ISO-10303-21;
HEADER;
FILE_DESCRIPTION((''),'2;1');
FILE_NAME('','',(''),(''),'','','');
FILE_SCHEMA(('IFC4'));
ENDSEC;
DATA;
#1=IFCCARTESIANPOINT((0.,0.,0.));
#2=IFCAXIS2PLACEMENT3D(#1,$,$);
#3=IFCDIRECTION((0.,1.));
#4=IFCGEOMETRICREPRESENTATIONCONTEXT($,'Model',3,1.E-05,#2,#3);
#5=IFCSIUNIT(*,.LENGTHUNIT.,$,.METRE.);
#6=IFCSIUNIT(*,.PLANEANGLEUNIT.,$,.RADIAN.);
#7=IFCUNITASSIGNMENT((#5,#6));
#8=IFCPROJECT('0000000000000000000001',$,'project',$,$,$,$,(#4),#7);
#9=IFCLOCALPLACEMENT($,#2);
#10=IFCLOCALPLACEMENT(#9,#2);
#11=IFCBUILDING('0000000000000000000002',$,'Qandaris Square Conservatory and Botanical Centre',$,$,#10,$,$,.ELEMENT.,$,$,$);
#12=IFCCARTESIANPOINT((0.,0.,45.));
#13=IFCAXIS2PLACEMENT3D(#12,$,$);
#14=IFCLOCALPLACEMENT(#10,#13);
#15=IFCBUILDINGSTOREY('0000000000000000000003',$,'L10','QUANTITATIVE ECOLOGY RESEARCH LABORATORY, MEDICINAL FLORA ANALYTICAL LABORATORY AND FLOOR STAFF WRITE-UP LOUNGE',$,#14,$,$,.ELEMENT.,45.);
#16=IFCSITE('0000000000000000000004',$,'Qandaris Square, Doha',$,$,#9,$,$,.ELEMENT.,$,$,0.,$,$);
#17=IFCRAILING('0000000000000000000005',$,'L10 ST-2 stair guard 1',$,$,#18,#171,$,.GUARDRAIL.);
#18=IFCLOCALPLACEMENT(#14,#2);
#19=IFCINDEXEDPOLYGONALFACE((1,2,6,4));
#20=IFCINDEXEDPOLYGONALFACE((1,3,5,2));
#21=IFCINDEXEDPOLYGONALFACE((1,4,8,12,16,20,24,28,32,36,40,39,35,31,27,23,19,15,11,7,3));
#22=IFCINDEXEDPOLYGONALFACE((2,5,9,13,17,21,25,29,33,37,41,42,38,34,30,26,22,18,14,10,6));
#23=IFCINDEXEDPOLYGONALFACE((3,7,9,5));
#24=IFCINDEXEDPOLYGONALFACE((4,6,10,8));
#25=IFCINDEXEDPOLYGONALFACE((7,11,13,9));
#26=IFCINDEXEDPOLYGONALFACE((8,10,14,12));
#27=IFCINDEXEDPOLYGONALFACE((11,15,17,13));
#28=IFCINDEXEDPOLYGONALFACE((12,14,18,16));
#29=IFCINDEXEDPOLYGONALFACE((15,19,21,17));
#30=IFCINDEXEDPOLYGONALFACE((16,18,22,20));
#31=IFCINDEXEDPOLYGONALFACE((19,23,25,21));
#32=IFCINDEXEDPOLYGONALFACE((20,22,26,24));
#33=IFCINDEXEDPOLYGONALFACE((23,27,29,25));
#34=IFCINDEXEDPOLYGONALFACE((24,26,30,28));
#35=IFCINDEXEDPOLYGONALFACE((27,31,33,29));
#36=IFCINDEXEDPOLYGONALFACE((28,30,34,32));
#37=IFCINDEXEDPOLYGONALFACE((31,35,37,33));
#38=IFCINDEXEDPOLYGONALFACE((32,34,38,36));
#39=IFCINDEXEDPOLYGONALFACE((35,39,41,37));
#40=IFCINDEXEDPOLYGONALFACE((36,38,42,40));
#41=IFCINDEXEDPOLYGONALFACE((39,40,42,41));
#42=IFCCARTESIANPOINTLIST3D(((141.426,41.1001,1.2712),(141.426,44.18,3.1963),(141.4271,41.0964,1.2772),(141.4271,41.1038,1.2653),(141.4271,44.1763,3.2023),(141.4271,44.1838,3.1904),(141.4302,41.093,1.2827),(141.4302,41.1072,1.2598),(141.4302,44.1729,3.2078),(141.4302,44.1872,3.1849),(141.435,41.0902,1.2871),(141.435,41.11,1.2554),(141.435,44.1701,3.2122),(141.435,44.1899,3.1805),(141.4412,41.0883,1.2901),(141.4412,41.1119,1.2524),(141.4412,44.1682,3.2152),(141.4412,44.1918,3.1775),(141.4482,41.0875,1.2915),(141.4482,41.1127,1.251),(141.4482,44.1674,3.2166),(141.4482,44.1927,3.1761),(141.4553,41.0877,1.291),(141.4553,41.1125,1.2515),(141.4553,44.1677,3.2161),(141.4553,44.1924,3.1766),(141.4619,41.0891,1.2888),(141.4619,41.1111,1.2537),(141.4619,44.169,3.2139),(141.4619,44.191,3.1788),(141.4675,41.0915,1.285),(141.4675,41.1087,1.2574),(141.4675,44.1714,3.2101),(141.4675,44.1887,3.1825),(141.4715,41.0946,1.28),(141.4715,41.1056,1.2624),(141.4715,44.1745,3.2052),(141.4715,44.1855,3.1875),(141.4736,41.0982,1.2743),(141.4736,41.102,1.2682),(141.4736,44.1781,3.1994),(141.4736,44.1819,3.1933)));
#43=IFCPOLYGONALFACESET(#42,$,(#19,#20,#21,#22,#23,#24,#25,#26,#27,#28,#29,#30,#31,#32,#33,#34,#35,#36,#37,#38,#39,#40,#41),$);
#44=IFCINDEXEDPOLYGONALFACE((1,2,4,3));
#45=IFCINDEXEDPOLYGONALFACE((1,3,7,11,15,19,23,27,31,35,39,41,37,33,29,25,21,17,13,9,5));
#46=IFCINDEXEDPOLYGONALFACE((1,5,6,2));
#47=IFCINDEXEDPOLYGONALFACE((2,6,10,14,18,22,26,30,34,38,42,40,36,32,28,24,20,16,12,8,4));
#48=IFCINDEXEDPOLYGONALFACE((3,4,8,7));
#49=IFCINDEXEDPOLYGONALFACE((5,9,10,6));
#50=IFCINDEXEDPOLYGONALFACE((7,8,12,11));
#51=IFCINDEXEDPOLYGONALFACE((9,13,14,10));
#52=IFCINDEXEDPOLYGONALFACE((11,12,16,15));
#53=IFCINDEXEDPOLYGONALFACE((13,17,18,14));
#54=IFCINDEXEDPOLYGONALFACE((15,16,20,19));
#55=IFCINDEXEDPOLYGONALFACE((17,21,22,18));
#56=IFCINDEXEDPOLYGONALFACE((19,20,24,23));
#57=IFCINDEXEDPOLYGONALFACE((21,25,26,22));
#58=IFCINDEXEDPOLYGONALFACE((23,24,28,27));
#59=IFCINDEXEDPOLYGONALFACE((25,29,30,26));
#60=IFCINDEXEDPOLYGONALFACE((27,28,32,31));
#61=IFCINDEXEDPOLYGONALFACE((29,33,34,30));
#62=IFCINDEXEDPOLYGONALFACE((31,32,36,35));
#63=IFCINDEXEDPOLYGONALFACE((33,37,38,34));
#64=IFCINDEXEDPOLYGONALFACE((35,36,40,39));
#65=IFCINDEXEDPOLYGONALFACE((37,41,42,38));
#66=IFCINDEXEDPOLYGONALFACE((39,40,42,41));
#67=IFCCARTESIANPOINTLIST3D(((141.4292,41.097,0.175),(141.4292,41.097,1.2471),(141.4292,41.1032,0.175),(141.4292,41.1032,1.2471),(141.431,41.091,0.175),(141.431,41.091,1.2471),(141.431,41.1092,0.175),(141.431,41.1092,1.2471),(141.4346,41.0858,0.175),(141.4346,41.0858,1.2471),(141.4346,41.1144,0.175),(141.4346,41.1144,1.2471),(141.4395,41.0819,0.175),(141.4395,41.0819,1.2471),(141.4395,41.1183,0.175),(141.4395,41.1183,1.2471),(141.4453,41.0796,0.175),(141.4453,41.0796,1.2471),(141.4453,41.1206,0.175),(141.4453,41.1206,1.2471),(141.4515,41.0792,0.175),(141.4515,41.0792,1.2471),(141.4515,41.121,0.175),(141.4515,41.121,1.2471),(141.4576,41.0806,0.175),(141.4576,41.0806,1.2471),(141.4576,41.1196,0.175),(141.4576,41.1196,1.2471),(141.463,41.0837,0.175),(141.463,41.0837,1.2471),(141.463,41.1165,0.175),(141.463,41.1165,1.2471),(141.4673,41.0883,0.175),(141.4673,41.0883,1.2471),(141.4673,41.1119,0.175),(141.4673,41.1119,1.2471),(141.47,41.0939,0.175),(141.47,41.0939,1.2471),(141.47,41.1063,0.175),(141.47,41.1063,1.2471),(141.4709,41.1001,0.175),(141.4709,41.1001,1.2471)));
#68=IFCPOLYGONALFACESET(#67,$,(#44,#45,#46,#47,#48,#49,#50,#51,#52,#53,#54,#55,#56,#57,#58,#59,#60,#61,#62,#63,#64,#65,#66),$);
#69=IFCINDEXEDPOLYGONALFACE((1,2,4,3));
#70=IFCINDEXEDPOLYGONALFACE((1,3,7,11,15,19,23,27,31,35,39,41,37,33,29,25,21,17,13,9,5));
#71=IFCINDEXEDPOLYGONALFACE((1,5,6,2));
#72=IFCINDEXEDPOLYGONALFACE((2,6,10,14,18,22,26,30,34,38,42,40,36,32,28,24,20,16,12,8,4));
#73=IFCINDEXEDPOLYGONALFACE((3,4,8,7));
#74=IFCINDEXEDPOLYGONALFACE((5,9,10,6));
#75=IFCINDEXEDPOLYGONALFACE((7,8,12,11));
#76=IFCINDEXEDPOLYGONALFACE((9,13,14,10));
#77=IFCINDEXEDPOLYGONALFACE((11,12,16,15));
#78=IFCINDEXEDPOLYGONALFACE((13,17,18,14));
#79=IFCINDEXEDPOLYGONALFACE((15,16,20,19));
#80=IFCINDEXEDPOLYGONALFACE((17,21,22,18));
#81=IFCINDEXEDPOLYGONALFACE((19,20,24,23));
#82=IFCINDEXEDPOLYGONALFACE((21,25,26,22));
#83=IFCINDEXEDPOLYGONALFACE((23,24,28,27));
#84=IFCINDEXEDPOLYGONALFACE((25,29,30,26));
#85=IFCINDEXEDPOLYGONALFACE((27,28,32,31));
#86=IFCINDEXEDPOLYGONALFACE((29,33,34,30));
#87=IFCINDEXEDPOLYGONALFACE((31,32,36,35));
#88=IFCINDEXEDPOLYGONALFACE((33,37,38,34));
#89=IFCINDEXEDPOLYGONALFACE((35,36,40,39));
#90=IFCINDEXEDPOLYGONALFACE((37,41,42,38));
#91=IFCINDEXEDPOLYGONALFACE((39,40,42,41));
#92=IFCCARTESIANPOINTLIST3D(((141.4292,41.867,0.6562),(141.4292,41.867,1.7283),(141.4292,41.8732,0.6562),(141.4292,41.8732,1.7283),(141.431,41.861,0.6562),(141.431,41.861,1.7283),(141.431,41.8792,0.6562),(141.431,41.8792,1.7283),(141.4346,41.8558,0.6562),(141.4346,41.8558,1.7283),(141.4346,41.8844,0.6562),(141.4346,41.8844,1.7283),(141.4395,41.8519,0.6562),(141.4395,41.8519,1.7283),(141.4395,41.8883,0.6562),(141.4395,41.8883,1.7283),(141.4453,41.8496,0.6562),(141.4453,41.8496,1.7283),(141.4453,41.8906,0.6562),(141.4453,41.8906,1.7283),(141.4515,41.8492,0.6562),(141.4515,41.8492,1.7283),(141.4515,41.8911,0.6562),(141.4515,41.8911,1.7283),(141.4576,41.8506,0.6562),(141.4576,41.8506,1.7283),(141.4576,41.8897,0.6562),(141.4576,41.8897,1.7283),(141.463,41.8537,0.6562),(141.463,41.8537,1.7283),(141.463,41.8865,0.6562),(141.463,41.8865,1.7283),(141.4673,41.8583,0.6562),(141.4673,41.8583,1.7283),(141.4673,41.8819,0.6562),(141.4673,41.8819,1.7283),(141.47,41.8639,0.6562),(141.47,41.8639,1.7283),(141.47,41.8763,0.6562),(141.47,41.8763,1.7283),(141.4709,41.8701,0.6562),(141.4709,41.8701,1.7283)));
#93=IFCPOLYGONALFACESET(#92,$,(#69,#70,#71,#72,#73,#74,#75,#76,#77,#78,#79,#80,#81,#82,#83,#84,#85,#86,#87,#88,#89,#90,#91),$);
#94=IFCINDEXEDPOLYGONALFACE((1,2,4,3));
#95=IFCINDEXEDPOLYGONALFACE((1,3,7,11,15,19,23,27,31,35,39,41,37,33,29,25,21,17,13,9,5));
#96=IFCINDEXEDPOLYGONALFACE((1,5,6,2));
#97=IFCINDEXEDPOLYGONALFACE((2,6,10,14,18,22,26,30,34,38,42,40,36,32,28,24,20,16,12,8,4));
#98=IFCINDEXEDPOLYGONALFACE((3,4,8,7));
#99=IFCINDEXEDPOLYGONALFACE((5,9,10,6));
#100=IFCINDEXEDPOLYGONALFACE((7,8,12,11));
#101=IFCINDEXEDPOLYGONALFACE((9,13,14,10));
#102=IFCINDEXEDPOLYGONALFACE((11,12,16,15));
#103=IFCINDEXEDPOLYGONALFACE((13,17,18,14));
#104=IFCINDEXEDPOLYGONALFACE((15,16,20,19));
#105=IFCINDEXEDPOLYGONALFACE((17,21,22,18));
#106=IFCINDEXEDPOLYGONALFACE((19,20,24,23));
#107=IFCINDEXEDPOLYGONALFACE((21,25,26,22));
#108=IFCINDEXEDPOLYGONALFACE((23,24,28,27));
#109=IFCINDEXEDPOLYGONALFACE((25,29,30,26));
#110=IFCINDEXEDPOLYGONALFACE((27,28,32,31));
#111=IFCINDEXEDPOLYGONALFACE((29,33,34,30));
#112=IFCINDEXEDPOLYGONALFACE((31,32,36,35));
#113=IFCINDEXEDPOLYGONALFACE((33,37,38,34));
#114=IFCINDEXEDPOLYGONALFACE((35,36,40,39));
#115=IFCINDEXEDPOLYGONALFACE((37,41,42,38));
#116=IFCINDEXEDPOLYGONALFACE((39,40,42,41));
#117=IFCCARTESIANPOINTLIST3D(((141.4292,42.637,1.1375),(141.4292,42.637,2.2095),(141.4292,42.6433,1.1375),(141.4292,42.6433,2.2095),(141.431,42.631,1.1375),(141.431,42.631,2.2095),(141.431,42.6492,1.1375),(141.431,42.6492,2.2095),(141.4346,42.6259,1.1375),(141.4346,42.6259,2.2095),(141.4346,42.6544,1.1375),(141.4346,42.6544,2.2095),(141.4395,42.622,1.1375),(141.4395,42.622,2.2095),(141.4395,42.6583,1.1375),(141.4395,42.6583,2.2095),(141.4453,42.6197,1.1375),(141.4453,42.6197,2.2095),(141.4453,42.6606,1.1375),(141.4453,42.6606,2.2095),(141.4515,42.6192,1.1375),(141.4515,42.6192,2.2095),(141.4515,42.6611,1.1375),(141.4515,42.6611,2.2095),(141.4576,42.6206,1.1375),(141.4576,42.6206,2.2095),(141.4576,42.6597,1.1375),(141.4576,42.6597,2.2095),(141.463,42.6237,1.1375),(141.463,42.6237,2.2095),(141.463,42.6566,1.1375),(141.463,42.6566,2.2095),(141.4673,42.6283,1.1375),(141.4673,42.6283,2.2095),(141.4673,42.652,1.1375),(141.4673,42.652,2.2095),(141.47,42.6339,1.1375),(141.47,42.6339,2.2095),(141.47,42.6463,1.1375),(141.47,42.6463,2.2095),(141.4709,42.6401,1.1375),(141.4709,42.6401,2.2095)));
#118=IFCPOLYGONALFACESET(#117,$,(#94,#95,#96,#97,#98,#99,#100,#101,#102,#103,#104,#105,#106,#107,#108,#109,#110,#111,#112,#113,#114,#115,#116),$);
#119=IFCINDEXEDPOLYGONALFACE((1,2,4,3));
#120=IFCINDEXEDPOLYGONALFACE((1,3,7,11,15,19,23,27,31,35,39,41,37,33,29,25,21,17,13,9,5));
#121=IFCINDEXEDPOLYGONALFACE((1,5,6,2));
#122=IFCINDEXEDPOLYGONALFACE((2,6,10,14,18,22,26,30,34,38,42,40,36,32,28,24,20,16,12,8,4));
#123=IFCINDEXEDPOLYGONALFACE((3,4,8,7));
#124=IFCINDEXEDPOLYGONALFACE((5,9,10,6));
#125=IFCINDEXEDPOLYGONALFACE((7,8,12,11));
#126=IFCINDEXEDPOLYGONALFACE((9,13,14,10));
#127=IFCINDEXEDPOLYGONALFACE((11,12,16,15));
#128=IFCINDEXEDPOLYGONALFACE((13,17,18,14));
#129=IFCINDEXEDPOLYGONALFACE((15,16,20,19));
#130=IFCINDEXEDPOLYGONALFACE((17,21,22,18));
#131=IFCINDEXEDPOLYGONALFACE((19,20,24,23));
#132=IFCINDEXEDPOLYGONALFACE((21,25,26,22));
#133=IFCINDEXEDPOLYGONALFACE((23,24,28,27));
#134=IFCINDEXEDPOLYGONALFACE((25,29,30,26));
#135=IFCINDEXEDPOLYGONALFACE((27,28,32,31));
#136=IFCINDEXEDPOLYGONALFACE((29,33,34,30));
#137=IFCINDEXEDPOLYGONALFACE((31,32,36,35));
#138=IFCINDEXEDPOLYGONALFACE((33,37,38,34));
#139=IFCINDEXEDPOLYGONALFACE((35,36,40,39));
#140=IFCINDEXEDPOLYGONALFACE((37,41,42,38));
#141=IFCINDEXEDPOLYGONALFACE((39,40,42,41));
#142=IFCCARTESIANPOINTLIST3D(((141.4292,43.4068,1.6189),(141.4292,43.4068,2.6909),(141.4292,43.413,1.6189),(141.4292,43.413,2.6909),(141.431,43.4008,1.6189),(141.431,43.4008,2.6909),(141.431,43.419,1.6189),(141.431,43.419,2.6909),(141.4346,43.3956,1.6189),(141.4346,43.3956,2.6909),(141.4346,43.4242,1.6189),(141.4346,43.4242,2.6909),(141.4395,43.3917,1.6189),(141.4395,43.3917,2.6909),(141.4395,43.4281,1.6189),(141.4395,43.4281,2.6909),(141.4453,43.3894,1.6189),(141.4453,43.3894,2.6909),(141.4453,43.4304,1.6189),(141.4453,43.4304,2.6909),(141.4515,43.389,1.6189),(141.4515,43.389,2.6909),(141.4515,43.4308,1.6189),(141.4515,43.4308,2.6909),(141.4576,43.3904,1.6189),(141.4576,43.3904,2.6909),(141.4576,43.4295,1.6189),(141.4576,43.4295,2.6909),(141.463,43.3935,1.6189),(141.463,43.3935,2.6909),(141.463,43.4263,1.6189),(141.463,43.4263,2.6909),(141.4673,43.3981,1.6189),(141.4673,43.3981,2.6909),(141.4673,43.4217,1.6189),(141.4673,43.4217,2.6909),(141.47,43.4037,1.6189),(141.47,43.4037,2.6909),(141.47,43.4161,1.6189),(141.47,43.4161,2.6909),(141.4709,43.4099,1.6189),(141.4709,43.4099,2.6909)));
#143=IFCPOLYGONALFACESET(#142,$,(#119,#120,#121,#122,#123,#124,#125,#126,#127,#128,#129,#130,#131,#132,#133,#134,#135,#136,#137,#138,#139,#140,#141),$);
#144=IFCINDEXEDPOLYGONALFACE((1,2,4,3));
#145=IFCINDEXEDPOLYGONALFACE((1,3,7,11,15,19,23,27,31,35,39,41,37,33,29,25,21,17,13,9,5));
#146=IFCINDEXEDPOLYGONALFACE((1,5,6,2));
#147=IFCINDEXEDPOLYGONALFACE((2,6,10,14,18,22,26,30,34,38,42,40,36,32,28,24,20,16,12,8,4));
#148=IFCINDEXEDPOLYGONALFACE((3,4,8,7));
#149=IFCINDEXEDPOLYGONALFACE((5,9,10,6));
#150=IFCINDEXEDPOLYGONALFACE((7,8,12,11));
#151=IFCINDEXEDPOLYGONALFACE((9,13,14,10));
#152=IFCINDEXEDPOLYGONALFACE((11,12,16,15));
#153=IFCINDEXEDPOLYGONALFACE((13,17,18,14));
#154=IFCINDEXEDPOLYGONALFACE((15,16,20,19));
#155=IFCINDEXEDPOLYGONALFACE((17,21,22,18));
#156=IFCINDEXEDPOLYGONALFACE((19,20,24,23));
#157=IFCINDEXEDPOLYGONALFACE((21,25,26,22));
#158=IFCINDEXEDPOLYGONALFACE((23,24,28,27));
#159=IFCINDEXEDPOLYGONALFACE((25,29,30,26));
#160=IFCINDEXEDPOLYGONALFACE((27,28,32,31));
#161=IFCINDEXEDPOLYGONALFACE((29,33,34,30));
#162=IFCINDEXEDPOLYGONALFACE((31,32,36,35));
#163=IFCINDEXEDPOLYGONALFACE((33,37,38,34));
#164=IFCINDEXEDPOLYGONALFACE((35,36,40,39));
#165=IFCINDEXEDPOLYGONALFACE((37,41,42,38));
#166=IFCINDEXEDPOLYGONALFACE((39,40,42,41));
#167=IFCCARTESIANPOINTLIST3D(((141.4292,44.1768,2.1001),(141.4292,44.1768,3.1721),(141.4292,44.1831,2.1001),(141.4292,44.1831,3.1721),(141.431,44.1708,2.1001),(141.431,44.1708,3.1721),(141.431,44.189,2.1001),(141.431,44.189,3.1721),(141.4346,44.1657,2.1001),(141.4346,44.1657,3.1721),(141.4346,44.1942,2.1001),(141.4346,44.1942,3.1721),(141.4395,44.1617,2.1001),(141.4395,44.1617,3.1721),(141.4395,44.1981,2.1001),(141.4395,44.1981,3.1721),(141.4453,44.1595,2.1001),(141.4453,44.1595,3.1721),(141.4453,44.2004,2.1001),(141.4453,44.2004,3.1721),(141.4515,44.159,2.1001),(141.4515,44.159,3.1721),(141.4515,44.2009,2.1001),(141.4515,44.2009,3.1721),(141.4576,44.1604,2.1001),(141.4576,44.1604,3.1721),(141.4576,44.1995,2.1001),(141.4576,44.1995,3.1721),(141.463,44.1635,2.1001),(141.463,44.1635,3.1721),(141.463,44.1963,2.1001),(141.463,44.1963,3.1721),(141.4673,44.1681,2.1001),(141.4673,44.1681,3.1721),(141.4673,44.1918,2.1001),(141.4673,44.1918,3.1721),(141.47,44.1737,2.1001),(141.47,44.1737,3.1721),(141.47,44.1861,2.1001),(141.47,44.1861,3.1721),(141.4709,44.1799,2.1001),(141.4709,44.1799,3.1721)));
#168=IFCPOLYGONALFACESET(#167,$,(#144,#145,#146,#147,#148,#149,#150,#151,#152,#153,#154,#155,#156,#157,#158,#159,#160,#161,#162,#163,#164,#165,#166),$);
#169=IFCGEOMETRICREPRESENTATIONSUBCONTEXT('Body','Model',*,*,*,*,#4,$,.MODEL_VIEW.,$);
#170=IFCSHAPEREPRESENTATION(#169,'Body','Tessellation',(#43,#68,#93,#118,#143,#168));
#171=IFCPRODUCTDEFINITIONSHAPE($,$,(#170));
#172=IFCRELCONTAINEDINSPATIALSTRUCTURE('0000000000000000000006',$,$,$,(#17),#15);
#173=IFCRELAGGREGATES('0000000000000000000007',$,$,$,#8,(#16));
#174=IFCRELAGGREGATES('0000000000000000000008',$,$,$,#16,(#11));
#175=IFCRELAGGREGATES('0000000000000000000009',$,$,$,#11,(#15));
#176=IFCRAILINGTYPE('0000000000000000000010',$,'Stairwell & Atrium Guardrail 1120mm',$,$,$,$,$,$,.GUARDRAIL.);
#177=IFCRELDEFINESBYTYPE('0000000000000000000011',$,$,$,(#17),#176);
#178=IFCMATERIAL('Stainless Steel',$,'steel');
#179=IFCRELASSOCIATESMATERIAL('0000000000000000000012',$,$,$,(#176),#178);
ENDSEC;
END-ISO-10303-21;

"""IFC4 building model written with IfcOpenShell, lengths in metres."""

from ifc_helpers import new_model, si_unit, direction, frame, origin, origin_2d, place, context, subcontext, project, spatial, circle, extrude, material, type_object, element, save


model = new_model("IFC4")

# Units and contexts
model_context = context("Model", 3, precision=1e-05, world=origin(), true_north=direction((0.0, 1.0)))
body_context = subcontext(model_context, "Body", "Model", "MODEL_VIEW")
ifc_project = project(units=[si_unit("LENGTHUNIT", "METRE"), si_unit("PLANEANGLEUNIT", "RADIAN")], contexts=[model_context])

# Site, building, storey
site_placement = place(None, origin())
site = spatial("IfcSite", under=ifc_project, at=site_placement, Name="Qandaris Square, Doha", CompositionType="ELEMENT", RefElevation=0.0)
building_placement = place(site_placement, origin())
building = spatial("IfcBuilding", under=site, at=building_placement, Name="Qandaris Square Conservatory and Botanical Centre", CompositionType="ELEMENT")
storey_placement = place(building_placement, frame((0.0, 0.0, 45.0)))
storey = spatial("IfcBuildingStorey", under=building, at=storey_placement, Name="L10", Description="QUANTITATIVE ECOLOGY RESEARCH LABORATORY, MEDICINAL FLORA ANALYTICAL LABORATORY AND FLOOR STAFF WRITE-UP LOUNGE", CompositionType="ELEMENT", Elevation=45.0)

# Railing
ifc_material_1 = material(Name="Stainless Steel", Category="steel")
railing_type_1 = type_object("IfcRailingType", Name="Stairwell & Atrium Guardrail 1120mm", PredefinedType="GUARDRAIL", material=ifc_material_1)
railing_1_placement = place(storey_placement, frame((141.45, 41.1001, 0.175)))
element("IfcRailing", 1, at=railing_1_placement, inside=storey, type_object=railing_type_1, Name="L10 ST-2 stair guard 1", PredefinedType="GUARDRAIL", context=body_context, shape_type="SweptSolid", body=[
    extrude(circle(Radius=0.0239, at=origin_2d()), frame((0.0, 0.0, 1.0962), z_axis=(0.0, 0.847979, 0.530029), x_axis=(-1.0, 0.0, 0.0)), (0.0, 0.0, 1.0), 3.6321),
    extrude(circle(Radius=0.021, at=origin_2d()), origin(), (0.0, 0.0, 1.0), 1.072),
    extrude(circle(Radius=0.021, at=origin_2d()), frame((0.0, 0.77, 0.4812)), (0.0, 0.0, 1.0), 1.072),
    extrude(circle(Radius=0.021, at=origin_2d()), frame((0.0, 1.54, 0.9624)), (0.0, 0.0, 1.0), 1.072),
    extrude(circle(Radius=0.021, at=origin_2d()), frame((0.0, 2.3098, 1.4438)), (0.0, 0.0, 1.0), 1.072),
    extrude(circle(Radius=0.021, at=origin_2d()), frame((0.0, 3.0798, 1.925)), (0.0, 0.0, 1.0), 1.072),
])

save(model, "model.ifc")
